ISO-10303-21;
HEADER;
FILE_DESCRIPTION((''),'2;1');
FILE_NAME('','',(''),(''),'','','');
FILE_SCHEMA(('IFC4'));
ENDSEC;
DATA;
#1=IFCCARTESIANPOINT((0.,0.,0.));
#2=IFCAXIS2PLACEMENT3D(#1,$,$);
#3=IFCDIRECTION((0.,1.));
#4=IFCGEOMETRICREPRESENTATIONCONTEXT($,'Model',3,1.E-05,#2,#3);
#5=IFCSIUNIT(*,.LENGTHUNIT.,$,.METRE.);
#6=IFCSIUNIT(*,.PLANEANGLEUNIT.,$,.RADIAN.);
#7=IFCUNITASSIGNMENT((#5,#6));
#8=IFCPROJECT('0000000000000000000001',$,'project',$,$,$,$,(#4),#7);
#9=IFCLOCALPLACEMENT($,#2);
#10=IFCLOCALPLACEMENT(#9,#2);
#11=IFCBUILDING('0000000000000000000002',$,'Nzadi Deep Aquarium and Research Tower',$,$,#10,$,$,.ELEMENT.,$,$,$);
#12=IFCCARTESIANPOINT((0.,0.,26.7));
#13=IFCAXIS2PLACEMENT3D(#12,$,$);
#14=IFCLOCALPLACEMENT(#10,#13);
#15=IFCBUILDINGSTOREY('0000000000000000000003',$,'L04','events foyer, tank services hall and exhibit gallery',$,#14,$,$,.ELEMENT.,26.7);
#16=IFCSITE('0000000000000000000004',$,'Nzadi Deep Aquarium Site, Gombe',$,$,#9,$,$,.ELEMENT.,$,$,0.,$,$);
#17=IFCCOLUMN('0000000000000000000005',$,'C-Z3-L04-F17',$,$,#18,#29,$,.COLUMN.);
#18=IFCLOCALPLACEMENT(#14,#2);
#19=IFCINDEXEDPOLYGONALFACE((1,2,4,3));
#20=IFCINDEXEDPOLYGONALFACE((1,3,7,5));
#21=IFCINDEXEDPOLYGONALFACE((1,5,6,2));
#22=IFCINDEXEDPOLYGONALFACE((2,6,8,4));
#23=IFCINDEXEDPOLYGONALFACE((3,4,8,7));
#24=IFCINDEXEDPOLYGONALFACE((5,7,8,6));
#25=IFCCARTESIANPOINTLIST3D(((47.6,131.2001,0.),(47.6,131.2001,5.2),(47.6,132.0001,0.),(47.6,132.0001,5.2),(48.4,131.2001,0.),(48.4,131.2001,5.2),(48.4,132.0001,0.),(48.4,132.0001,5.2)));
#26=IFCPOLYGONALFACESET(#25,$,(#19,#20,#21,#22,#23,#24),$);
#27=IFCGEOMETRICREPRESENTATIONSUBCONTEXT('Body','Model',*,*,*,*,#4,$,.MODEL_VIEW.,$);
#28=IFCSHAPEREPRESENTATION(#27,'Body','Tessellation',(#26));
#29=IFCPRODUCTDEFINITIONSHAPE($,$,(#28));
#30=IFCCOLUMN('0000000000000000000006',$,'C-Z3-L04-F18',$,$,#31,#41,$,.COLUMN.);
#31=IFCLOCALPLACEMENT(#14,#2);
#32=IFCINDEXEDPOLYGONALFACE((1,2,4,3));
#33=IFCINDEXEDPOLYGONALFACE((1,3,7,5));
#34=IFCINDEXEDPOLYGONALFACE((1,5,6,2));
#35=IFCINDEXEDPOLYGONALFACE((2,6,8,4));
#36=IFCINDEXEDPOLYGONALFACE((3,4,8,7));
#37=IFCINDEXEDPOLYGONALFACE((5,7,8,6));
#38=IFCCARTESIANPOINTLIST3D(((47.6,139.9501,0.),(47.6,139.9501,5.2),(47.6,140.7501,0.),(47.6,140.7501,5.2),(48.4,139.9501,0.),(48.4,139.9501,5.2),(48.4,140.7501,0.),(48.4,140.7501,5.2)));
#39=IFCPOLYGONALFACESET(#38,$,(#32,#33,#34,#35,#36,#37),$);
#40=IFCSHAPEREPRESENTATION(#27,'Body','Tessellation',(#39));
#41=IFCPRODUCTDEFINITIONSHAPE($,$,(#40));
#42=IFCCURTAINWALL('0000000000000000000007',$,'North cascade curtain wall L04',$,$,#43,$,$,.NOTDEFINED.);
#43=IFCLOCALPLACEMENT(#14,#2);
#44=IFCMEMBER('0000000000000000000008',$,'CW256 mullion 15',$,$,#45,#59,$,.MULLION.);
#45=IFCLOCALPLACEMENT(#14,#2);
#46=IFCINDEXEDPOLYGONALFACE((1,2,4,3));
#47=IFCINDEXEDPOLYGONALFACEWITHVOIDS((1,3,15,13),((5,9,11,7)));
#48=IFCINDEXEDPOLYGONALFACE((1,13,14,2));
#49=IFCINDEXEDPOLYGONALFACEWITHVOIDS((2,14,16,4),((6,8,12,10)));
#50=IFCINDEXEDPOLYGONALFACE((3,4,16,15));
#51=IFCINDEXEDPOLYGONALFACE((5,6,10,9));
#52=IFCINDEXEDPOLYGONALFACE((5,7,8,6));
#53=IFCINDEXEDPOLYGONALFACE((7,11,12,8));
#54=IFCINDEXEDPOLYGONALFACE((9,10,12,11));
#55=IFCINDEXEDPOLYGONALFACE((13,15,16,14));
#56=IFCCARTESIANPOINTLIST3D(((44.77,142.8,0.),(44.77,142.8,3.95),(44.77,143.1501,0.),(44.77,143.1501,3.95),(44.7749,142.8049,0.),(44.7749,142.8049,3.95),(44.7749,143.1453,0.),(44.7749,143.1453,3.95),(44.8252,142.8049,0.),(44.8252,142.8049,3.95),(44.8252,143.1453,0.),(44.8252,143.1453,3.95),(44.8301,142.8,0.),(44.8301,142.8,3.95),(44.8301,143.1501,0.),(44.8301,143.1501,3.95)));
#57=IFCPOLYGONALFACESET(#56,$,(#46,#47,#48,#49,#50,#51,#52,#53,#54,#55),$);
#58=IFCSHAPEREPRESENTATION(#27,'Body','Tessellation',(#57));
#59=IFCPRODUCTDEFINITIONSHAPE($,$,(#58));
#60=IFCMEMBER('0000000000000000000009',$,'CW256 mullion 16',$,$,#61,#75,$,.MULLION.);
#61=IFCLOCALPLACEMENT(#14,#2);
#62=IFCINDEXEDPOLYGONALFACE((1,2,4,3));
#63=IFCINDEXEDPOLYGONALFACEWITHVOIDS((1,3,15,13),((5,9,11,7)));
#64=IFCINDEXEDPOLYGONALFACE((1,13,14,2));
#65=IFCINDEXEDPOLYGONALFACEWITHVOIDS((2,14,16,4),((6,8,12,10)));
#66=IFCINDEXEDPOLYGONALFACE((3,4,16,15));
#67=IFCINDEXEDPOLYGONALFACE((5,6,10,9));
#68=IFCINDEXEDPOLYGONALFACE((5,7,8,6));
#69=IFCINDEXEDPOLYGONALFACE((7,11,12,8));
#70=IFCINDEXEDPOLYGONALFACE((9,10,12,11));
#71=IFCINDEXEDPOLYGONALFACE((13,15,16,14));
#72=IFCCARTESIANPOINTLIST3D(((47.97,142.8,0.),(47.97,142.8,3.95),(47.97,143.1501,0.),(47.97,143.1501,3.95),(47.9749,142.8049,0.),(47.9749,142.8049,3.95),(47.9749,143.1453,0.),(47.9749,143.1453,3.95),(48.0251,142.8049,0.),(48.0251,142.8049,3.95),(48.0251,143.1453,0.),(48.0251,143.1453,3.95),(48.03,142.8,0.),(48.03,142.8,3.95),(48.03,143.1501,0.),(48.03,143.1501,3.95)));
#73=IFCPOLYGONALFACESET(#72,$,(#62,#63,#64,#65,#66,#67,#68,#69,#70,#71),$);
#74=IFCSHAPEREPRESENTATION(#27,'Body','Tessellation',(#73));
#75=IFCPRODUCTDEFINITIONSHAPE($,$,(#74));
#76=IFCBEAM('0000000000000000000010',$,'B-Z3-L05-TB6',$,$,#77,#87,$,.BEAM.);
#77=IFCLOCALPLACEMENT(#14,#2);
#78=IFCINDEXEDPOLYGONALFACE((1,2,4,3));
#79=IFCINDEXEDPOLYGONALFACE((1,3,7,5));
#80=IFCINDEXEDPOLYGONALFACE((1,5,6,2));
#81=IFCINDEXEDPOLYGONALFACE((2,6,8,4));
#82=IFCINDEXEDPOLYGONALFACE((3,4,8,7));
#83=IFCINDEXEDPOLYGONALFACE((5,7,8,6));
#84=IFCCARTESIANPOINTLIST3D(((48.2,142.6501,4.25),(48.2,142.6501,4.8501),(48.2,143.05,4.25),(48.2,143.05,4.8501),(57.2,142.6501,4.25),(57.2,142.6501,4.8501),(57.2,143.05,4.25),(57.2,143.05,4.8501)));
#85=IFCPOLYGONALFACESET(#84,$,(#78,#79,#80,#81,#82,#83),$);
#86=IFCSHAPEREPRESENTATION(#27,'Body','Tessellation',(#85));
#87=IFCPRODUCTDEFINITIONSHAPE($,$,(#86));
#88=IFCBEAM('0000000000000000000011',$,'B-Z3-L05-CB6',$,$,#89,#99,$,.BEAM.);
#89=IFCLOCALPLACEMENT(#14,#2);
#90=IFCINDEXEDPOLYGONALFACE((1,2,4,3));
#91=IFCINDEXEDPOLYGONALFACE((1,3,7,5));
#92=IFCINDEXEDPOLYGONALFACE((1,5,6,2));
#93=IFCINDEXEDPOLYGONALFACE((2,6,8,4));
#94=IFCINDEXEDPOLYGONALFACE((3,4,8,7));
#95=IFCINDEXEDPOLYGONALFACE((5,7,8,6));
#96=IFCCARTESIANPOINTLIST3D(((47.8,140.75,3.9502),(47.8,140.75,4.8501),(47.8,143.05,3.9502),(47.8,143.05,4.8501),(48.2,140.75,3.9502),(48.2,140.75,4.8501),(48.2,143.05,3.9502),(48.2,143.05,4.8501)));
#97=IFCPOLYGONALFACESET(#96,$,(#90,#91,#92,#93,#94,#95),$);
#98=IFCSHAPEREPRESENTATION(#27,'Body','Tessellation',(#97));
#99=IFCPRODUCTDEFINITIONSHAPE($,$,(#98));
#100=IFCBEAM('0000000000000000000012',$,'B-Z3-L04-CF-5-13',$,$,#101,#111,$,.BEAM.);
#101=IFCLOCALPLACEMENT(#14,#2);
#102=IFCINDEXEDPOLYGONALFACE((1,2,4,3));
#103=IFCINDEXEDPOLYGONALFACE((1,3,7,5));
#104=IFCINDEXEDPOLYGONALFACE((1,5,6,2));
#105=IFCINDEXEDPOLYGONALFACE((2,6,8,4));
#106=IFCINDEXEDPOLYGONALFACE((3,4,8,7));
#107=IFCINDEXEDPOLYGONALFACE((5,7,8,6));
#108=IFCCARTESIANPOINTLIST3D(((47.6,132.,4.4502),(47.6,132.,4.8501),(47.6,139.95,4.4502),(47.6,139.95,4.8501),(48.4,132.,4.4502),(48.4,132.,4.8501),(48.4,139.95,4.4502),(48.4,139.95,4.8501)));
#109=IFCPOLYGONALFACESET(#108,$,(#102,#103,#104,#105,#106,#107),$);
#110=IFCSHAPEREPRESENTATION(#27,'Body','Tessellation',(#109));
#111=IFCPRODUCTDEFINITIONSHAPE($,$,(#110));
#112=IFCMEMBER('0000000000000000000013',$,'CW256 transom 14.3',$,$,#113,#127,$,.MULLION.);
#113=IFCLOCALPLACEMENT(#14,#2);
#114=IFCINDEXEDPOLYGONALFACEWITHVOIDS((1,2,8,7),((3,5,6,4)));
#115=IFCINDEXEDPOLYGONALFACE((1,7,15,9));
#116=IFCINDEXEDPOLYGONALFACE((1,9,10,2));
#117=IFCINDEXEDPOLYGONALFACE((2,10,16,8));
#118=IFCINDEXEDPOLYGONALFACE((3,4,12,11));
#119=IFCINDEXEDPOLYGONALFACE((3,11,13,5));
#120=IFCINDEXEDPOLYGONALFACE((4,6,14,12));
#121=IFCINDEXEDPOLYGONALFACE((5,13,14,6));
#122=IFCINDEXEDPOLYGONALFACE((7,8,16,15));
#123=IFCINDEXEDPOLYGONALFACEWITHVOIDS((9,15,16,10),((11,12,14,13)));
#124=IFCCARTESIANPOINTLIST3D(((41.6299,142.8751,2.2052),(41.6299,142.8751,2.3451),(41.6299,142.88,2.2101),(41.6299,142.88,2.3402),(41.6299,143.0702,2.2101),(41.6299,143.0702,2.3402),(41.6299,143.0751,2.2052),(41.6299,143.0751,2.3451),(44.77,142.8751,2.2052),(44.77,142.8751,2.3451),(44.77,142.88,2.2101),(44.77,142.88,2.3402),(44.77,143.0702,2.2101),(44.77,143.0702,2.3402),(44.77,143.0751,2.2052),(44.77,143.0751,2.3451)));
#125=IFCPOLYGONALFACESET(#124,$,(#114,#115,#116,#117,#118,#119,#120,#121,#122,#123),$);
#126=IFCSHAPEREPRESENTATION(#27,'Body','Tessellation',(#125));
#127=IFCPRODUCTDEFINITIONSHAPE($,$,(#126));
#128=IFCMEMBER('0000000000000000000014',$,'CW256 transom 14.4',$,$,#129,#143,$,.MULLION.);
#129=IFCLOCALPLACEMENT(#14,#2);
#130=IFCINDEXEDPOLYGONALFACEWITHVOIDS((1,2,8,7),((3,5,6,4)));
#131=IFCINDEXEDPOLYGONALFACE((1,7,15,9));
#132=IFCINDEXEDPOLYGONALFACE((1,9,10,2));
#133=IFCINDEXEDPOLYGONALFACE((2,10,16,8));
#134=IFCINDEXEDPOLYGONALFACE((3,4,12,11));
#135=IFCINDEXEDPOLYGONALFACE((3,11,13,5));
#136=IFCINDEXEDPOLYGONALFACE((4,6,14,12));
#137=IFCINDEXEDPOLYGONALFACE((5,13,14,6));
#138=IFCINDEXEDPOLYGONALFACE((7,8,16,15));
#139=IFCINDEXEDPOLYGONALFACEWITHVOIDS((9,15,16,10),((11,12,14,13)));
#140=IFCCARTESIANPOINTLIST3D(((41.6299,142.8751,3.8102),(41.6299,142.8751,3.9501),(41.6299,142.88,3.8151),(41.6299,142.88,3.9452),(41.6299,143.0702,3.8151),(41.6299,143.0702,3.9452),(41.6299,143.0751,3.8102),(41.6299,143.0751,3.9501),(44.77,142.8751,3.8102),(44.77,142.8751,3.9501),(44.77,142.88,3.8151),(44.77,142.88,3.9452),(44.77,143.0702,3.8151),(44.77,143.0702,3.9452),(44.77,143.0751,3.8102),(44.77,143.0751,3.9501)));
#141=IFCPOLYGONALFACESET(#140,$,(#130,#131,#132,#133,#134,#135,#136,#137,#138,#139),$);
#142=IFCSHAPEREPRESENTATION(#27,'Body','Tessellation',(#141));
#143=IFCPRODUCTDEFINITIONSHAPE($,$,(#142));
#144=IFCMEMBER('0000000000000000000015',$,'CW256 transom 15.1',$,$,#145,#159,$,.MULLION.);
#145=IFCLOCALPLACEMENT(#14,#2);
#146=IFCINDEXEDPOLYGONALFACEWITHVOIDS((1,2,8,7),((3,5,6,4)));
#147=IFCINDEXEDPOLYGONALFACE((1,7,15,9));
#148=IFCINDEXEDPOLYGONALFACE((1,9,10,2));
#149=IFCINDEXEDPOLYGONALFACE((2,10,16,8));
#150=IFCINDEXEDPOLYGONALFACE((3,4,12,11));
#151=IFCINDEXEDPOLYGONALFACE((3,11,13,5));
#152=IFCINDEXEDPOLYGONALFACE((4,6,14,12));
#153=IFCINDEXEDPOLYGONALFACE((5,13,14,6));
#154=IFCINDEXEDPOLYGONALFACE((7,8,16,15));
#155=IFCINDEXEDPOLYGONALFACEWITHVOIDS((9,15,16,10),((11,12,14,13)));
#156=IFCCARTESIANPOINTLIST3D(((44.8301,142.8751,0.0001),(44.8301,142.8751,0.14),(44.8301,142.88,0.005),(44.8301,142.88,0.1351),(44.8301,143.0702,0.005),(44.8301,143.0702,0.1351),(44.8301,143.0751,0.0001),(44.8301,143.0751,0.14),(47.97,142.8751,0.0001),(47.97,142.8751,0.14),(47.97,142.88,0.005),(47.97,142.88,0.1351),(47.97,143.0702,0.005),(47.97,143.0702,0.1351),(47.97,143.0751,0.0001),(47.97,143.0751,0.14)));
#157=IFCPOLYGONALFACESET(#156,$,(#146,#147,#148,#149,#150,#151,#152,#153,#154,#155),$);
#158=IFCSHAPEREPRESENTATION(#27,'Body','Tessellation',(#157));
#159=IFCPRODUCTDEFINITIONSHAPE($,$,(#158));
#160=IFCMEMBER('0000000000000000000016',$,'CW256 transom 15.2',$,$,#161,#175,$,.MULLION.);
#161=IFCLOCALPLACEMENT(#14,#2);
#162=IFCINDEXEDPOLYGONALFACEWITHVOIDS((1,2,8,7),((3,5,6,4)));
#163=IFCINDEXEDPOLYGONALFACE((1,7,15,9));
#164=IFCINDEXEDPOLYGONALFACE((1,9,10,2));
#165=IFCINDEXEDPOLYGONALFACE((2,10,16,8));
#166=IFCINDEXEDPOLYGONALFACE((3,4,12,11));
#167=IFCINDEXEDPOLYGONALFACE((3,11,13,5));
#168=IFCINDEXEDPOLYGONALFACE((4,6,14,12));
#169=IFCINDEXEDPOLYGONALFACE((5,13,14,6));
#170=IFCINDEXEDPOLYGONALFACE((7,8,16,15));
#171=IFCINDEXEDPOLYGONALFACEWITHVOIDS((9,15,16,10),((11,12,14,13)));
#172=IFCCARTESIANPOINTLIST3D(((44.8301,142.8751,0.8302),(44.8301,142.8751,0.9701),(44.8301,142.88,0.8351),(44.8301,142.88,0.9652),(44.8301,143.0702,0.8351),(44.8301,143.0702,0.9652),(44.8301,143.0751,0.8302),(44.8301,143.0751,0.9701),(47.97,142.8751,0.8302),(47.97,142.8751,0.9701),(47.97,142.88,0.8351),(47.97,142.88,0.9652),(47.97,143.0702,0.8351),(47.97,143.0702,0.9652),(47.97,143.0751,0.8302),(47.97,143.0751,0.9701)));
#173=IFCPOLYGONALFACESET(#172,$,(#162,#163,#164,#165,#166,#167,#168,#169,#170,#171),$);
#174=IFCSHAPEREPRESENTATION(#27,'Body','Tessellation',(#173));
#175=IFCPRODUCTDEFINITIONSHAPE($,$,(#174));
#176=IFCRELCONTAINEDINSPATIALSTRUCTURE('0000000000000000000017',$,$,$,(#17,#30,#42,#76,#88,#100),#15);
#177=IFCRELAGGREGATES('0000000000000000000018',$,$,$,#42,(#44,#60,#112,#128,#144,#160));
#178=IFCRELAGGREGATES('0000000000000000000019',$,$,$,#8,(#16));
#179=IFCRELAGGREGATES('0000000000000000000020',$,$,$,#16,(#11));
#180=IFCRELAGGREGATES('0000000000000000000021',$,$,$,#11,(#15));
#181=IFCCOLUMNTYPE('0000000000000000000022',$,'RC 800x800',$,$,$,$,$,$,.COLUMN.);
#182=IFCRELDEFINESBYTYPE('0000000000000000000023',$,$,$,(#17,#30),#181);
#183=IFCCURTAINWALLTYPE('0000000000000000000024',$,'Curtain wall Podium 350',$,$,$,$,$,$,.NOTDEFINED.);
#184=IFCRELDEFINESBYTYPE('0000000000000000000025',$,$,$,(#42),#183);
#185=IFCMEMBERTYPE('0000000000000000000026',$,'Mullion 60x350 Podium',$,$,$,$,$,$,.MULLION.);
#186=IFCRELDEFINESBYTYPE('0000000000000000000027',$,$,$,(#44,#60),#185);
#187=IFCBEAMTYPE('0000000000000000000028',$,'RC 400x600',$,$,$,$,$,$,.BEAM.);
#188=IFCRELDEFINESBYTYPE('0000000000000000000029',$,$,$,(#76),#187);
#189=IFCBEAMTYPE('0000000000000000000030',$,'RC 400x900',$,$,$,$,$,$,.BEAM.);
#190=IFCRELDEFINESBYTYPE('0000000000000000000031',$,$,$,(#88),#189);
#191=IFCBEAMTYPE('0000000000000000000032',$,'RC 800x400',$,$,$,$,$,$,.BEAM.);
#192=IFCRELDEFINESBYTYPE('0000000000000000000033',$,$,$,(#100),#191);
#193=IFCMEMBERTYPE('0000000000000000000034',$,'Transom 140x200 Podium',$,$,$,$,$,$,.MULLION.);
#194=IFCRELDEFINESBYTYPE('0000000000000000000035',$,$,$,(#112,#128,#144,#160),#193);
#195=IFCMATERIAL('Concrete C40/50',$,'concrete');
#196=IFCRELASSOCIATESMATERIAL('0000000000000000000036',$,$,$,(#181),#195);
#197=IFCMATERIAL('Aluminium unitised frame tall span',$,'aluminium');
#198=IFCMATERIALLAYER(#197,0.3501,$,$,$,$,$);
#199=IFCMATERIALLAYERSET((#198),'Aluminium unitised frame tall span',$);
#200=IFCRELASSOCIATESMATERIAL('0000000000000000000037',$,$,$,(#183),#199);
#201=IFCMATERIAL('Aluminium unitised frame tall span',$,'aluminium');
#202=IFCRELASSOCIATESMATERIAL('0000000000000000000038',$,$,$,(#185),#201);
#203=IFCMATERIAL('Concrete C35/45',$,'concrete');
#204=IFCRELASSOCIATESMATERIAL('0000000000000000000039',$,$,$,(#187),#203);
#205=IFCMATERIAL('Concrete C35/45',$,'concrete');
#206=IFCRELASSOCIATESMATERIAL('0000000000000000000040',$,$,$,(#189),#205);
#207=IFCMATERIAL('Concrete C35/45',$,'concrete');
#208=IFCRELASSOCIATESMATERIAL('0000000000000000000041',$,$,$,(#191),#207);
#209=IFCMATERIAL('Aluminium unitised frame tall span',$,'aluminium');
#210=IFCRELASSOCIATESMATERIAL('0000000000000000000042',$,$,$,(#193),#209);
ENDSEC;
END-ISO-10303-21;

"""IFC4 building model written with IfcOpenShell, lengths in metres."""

from ifc_helpers import new_model, si_unit, direction, frame, origin, origin_2d, place, context, subcontext, project, spatial, rectangle, hollow_rectangle, extrude, material, layer, layer_set, material_profile, profile_set, type_object, element, aggregate, save


model = new_model("IFC4")

# Units and contexts
model_context = context("Model", 3, precision=1e-05, world=origin(), true_north=direction((0.0, 1.0)))
body_context = subcontext(model_context, "Body", "Model", "MODEL_VIEW")
ifc_project = project(units=[si_unit("LENGTHUNIT", "METRE"), si_unit("PLANEANGLEUNIT", "RADIAN")], contexts=[model_context])

# Site, building, storey
site_placement = place(None, origin())
site = spatial("IfcSite", under=ifc_project, at=site_placement, Name="Nzadi Deep Aquarium Site, Gombe", CompositionType="ELEMENT", RefElevation=0.0)
building_placement = place(site_placement, origin())
building = spatial("IfcBuilding", under=site, at=building_placement, Name="Nzadi Deep Aquarium and Research Tower", CompositionType="ELEMENT")
storey_placement = place(building_placement, frame((0.0, 0.0, 26.7)))
storey = spatial("IfcBuildingStorey", under=building, at=storey_placement, Name="L04", Description="events foyer, tank services hall and exhibit gallery", CompositionType="ELEMENT", Elevation=26.7)

# Columns
ifc_material_1 = material(Name="Concrete C40/50", Category="concrete")
ifc_material_profile_1 = material_profile(ifc_material_1, rectangle(XDim=0.8, YDim=0.8, at=origin_2d()))
ifc_profile_set_1 = profile_set([ifc_material_profile_1], Name="Concrete C40/50")
column_type = type_object("IfcColumnType", Name="RC 800x800", PredefinedType="COLUMN", material=ifc_profile_set_1)
for number, where, z_axis, x_axis, name in (
    (1, (48.0, 131.6001, 0.0), (0.0, 0.0, 1.0), (1.0, 0.0, 0.0), "C-Z3-L04-F17"),
    (2, (48.0, 140.3501, 0.0), (0.0, 0.0, 1.0), (1.0, 0.0, 0.0), "C-Z3-L04-F18"),
):
    element("IfcColumn", number, at=place(storey_placement, frame(where, z_axis=z_axis, x_axis=x_axis)), inside=storey, type_object=column_type, Name=name, PredefinedType="COLUMN", context=body_context, shape_type="SweptSolid", body=[
        extrude(rectangle(XDim=0.8, YDim=0.8, at=origin_2d()), origin(), (0.0, 0.0, 1.0), 5.2),
    ])

# Curtain wall, members
ifc_material_2 = material(Name="Aluminium unitised frame tall span", Category="aluminium")
ifc_layer_1 = layer(ifc_material_2, 0.3501)
ifc_layer_set_1 = layer_set([ifc_layer_1], Name="Aluminium unitised frame tall span")
curtain_wall_type = type_object("IfcCurtainWallType", Name="Curtain wall Podium 350", PredefinedType="NOTDEFINED", material=ifc_layer_set_1)
curtain_wall_placement = place(storey_placement, origin())
curtain_wall = element("IfcCurtainWall", 3, at=curtain_wall_placement, inside=storey, type_object=curtain_wall_type, Name="North cascade curtain wall L04", PredefinedType="NOTDEFINED")
ifc_material_3 = material(Name="Aluminium unitised frame tall span", Category="aluminium")
ifc_material_profile_2 = material_profile(ifc_material_3, hollow_rectangle(XDim=0.3501, YDim=0.0601, WallThickness=0.0049, at=origin_2d()))
ifc_profile_set_2 = profile_set([ifc_material_profile_2], Name="Aluminium unitised frame tall span")
member_type_1 = type_object("IfcMemberType", Name="Mullion 60x350 Podium", PredefinedType="MULLION", material=ifc_profile_set_2)
member_1_placement = place(storey_placement, frame((44.8, 142.9751, 0.0), z_axis=(0.0, 0.0, 1.0), x_axis=(0.0, 1.0, 0.0)))
member_1 = element("IfcMember", 4, at=member_1_placement, type_object=member_type_1, Name="CW256 mullion 15", PredefinedType="MULLION", context=body_context, shape_type="SweptSolid", body=[
    extrude(hollow_rectangle(XDim=0.3501, YDim=0.0601, WallThickness=0.0049, at=origin_2d()), origin(), (0.0, 0.0, 1.0), 3.95),
])
member_2_placement = place(storey_placement, frame((48.0, 142.9751, 0.0), z_axis=(0.0, 0.0, 1.0), x_axis=(0.0, 1.0, 0.0)))
member_2 = element("IfcMember", 5, at=member_2_placement, type_object=member_type_1, Name="CW256 mullion 16", PredefinedType="MULLION", context=body_context, shape_type="SweptSolid", body=[
    extrude(hollow_rectangle(XDim=0.3501, YDim=0.0601, WallThickness=0.0049, at=origin_2d()), origin(), (0.0, 0.0, 1.0), 3.95),
])

# Beams
ifc_material_4 = material(Name="Concrete C35/45", Category="concrete")
ifc_material_profile_3 = material_profile(ifc_material_4, rectangle(XDim=0.3999, YDim=0.6001, at=origin_2d()))
ifc_profile_set_3 = profile_set([ifc_material_profile_3], Name="Concrete C35/45")
beam_type_1 = type_object("IfcBeamType", Name="RC 400x600", PredefinedType="BEAM", material=ifc_profile_set_3)
beam_1_placement = place(storey_placement, frame((48.2, 142.8501, 4.55), z_axis=(1.0, 0.0, 0.0), x_axis=(0.0, 1.0, 0.0)))
element("IfcBeam", 6, at=beam_1_placement, inside=storey, type_object=beam_type_1, Name="B-Z3-L05-TB6", PredefinedType="BEAM", context=body_context, shape_type="SweptSolid", body=[
    extrude(rectangle(XDim=0.3999, YDim=0.6001, at=origin_2d()), origin(), (0.0, 0.0, 1.0), 9.0),
])
ifc_material_5 = material(Name="Concrete C35/45", Category="concrete")
ifc_material_profile_4 = material_profile(ifc_material_5, rectangle(XDim=0.3999, YDim=0.8999, at=origin_2d()))
ifc_profile_set_4 = profile_set([ifc_material_profile_4], Name="Concrete C35/45")
beam_type_2 = type_object("IfcBeamType", Name="RC 400x900", PredefinedType="BEAM", material=ifc_profile_set_4)
beam_2_placement = place(storey_placement, frame((48.0, 140.75, 4.4001), z_axis=(0.0, 1.0, 0.0), x_axis=(-1.0, 0.0, 0.0)))
element("IfcBeam", 7, at=beam_2_placement, inside=storey, type_object=beam_type_2, Name="B-Z3-L05-CB6", PredefinedType="BEAM", context=body_context, shape_type="SweptSolid", body=[
    extrude(rectangle(XDim=0.3999, YDim=0.8999, at=origin_2d()), origin(), (0.0, 0.0, 1.0), 2.3),
])
ifc_material_6 = material(Name="Concrete C35/45", Category="concrete")
ifc_material_profile_5 = material_profile(ifc_material_6, rectangle(XDim=0.8, YDim=0.3999, at=origin_2d()))
ifc_profile_set_5 = profile_set([ifc_material_profile_5], Name="Concrete C35/45")
beam_type_3 = type_object("IfcBeamType", Name="RC 800x400", PredefinedType="BEAM", material=ifc_profile_set_5)
beam_3_placement = place(storey_placement, frame((48.0, 132.0, 4.6501), z_axis=(0.0, 1.0, 0.0), x_axis=(-1.0, 0.0, 0.0)))
element("IfcBeam", 8, at=beam_3_placement, inside=storey, type_object=beam_type_3, Name="B-Z3-L04-CF-5-13", PredefinedType="BEAM", context=body_context, shape_type="SweptSolid", body=[
    extrude(rectangle(XDim=0.8, YDim=0.3999, at=origin_2d()), origin(), (0.0, 0.0, 1.0), 7.95),
])

# Members
ifc_material_7 = material(Name="Aluminium unitised frame tall span", Category="aluminium")
ifc_material_profile_6 = material_profile(ifc_material_7, hollow_rectangle(XDim=0.2, YDim=0.1399, WallThickness=0.0049, at=origin_2d()))
ifc_profile_set_6 = profile_set([ifc_material_profile_6], Name="Aluminium unitised frame tall span")
member_type_2 = type_object("IfcMemberType", Name="Transom 140x200 Podium", PredefinedType="MULLION", material=ifc_profile_set_6)
member_3_placement = place(storey_placement, frame((41.6299, 142.9751, 2.2751), z_axis=(1.0, 0.0, 0.0), x_axis=(0.0, 1.0, 0.0)))
member_3 = element("IfcMember", 9, at=member_3_placement, type_object=member_type_2, Name="CW256 transom 14.3", PredefinedType="MULLION", context=body_context, shape_type="SweptSolid", body=[
    extrude(hollow_rectangle(XDim=0.2, YDim=0.1399, WallThickness=0.0049, at=origin_2d()), origin(), (0.0, 0.0, 1.0), 3.1401),
])
member_4_placement = place(storey_placement, frame((41.6299, 142.9751, 3.8801), z_axis=(1.0, 0.0, 0.0), x_axis=(0.0, 1.0, 0.0)))
member_4 = element("IfcMember", 10, at=member_4_placement, type_object=member_type_2, Name="CW256 transom 14.4", PredefinedType="MULLION", context=body_context, shape_type="SweptSolid", body=[
    extrude(hollow_rectangle(XDim=0.2, YDim=0.1399, WallThickness=0.0049, at=origin_2d()), origin(), (0.0, 0.0, 1.0), 3.1401),
])
member_5_placement = place(storey_placement, frame((44.8301, 142.9751, 0.0701), z_axis=(1.0, 0.0, 0.0), x_axis=(0.0, 1.0, 0.0)))
member_5 = element("IfcMember", 11, at=member_5_placement, type_object=member_type_2, Name="CW256 transom 15.1", PredefinedType="MULLION", context=body_context, shape_type="SweptSolid", body=[
    extrude(hollow_rectangle(XDim=0.2, YDim=0.1399, WallThickness=0.0049, at=origin_2d()), origin(), (0.0, 0.0, 1.0), 3.1399),
])
member_6_placement = place(storey_placement, frame((44.8301, 142.9751, 0.9001), z_axis=(1.0, 0.0, 0.0), x_axis=(0.0, 1.0, 0.0)))
member_6 = element("IfcMember", 12, at=member_6_placement, type_object=member_type_2, Name="CW256 transom 15.2", PredefinedType="MULLION", context=body_context, shape_type="SweptSolid", body=[
    extrude(hollow_rectangle(XDim=0.2, YDim=0.1399, WallThickness=0.0049, at=origin_2d()), origin(), (0.0, 0.0, 1.0), 3.1399),
])

aggregate(curtain_wall, [member_1, member_2, member_3, member_4, member_5, member_6])

save(model, "model.ifc")
